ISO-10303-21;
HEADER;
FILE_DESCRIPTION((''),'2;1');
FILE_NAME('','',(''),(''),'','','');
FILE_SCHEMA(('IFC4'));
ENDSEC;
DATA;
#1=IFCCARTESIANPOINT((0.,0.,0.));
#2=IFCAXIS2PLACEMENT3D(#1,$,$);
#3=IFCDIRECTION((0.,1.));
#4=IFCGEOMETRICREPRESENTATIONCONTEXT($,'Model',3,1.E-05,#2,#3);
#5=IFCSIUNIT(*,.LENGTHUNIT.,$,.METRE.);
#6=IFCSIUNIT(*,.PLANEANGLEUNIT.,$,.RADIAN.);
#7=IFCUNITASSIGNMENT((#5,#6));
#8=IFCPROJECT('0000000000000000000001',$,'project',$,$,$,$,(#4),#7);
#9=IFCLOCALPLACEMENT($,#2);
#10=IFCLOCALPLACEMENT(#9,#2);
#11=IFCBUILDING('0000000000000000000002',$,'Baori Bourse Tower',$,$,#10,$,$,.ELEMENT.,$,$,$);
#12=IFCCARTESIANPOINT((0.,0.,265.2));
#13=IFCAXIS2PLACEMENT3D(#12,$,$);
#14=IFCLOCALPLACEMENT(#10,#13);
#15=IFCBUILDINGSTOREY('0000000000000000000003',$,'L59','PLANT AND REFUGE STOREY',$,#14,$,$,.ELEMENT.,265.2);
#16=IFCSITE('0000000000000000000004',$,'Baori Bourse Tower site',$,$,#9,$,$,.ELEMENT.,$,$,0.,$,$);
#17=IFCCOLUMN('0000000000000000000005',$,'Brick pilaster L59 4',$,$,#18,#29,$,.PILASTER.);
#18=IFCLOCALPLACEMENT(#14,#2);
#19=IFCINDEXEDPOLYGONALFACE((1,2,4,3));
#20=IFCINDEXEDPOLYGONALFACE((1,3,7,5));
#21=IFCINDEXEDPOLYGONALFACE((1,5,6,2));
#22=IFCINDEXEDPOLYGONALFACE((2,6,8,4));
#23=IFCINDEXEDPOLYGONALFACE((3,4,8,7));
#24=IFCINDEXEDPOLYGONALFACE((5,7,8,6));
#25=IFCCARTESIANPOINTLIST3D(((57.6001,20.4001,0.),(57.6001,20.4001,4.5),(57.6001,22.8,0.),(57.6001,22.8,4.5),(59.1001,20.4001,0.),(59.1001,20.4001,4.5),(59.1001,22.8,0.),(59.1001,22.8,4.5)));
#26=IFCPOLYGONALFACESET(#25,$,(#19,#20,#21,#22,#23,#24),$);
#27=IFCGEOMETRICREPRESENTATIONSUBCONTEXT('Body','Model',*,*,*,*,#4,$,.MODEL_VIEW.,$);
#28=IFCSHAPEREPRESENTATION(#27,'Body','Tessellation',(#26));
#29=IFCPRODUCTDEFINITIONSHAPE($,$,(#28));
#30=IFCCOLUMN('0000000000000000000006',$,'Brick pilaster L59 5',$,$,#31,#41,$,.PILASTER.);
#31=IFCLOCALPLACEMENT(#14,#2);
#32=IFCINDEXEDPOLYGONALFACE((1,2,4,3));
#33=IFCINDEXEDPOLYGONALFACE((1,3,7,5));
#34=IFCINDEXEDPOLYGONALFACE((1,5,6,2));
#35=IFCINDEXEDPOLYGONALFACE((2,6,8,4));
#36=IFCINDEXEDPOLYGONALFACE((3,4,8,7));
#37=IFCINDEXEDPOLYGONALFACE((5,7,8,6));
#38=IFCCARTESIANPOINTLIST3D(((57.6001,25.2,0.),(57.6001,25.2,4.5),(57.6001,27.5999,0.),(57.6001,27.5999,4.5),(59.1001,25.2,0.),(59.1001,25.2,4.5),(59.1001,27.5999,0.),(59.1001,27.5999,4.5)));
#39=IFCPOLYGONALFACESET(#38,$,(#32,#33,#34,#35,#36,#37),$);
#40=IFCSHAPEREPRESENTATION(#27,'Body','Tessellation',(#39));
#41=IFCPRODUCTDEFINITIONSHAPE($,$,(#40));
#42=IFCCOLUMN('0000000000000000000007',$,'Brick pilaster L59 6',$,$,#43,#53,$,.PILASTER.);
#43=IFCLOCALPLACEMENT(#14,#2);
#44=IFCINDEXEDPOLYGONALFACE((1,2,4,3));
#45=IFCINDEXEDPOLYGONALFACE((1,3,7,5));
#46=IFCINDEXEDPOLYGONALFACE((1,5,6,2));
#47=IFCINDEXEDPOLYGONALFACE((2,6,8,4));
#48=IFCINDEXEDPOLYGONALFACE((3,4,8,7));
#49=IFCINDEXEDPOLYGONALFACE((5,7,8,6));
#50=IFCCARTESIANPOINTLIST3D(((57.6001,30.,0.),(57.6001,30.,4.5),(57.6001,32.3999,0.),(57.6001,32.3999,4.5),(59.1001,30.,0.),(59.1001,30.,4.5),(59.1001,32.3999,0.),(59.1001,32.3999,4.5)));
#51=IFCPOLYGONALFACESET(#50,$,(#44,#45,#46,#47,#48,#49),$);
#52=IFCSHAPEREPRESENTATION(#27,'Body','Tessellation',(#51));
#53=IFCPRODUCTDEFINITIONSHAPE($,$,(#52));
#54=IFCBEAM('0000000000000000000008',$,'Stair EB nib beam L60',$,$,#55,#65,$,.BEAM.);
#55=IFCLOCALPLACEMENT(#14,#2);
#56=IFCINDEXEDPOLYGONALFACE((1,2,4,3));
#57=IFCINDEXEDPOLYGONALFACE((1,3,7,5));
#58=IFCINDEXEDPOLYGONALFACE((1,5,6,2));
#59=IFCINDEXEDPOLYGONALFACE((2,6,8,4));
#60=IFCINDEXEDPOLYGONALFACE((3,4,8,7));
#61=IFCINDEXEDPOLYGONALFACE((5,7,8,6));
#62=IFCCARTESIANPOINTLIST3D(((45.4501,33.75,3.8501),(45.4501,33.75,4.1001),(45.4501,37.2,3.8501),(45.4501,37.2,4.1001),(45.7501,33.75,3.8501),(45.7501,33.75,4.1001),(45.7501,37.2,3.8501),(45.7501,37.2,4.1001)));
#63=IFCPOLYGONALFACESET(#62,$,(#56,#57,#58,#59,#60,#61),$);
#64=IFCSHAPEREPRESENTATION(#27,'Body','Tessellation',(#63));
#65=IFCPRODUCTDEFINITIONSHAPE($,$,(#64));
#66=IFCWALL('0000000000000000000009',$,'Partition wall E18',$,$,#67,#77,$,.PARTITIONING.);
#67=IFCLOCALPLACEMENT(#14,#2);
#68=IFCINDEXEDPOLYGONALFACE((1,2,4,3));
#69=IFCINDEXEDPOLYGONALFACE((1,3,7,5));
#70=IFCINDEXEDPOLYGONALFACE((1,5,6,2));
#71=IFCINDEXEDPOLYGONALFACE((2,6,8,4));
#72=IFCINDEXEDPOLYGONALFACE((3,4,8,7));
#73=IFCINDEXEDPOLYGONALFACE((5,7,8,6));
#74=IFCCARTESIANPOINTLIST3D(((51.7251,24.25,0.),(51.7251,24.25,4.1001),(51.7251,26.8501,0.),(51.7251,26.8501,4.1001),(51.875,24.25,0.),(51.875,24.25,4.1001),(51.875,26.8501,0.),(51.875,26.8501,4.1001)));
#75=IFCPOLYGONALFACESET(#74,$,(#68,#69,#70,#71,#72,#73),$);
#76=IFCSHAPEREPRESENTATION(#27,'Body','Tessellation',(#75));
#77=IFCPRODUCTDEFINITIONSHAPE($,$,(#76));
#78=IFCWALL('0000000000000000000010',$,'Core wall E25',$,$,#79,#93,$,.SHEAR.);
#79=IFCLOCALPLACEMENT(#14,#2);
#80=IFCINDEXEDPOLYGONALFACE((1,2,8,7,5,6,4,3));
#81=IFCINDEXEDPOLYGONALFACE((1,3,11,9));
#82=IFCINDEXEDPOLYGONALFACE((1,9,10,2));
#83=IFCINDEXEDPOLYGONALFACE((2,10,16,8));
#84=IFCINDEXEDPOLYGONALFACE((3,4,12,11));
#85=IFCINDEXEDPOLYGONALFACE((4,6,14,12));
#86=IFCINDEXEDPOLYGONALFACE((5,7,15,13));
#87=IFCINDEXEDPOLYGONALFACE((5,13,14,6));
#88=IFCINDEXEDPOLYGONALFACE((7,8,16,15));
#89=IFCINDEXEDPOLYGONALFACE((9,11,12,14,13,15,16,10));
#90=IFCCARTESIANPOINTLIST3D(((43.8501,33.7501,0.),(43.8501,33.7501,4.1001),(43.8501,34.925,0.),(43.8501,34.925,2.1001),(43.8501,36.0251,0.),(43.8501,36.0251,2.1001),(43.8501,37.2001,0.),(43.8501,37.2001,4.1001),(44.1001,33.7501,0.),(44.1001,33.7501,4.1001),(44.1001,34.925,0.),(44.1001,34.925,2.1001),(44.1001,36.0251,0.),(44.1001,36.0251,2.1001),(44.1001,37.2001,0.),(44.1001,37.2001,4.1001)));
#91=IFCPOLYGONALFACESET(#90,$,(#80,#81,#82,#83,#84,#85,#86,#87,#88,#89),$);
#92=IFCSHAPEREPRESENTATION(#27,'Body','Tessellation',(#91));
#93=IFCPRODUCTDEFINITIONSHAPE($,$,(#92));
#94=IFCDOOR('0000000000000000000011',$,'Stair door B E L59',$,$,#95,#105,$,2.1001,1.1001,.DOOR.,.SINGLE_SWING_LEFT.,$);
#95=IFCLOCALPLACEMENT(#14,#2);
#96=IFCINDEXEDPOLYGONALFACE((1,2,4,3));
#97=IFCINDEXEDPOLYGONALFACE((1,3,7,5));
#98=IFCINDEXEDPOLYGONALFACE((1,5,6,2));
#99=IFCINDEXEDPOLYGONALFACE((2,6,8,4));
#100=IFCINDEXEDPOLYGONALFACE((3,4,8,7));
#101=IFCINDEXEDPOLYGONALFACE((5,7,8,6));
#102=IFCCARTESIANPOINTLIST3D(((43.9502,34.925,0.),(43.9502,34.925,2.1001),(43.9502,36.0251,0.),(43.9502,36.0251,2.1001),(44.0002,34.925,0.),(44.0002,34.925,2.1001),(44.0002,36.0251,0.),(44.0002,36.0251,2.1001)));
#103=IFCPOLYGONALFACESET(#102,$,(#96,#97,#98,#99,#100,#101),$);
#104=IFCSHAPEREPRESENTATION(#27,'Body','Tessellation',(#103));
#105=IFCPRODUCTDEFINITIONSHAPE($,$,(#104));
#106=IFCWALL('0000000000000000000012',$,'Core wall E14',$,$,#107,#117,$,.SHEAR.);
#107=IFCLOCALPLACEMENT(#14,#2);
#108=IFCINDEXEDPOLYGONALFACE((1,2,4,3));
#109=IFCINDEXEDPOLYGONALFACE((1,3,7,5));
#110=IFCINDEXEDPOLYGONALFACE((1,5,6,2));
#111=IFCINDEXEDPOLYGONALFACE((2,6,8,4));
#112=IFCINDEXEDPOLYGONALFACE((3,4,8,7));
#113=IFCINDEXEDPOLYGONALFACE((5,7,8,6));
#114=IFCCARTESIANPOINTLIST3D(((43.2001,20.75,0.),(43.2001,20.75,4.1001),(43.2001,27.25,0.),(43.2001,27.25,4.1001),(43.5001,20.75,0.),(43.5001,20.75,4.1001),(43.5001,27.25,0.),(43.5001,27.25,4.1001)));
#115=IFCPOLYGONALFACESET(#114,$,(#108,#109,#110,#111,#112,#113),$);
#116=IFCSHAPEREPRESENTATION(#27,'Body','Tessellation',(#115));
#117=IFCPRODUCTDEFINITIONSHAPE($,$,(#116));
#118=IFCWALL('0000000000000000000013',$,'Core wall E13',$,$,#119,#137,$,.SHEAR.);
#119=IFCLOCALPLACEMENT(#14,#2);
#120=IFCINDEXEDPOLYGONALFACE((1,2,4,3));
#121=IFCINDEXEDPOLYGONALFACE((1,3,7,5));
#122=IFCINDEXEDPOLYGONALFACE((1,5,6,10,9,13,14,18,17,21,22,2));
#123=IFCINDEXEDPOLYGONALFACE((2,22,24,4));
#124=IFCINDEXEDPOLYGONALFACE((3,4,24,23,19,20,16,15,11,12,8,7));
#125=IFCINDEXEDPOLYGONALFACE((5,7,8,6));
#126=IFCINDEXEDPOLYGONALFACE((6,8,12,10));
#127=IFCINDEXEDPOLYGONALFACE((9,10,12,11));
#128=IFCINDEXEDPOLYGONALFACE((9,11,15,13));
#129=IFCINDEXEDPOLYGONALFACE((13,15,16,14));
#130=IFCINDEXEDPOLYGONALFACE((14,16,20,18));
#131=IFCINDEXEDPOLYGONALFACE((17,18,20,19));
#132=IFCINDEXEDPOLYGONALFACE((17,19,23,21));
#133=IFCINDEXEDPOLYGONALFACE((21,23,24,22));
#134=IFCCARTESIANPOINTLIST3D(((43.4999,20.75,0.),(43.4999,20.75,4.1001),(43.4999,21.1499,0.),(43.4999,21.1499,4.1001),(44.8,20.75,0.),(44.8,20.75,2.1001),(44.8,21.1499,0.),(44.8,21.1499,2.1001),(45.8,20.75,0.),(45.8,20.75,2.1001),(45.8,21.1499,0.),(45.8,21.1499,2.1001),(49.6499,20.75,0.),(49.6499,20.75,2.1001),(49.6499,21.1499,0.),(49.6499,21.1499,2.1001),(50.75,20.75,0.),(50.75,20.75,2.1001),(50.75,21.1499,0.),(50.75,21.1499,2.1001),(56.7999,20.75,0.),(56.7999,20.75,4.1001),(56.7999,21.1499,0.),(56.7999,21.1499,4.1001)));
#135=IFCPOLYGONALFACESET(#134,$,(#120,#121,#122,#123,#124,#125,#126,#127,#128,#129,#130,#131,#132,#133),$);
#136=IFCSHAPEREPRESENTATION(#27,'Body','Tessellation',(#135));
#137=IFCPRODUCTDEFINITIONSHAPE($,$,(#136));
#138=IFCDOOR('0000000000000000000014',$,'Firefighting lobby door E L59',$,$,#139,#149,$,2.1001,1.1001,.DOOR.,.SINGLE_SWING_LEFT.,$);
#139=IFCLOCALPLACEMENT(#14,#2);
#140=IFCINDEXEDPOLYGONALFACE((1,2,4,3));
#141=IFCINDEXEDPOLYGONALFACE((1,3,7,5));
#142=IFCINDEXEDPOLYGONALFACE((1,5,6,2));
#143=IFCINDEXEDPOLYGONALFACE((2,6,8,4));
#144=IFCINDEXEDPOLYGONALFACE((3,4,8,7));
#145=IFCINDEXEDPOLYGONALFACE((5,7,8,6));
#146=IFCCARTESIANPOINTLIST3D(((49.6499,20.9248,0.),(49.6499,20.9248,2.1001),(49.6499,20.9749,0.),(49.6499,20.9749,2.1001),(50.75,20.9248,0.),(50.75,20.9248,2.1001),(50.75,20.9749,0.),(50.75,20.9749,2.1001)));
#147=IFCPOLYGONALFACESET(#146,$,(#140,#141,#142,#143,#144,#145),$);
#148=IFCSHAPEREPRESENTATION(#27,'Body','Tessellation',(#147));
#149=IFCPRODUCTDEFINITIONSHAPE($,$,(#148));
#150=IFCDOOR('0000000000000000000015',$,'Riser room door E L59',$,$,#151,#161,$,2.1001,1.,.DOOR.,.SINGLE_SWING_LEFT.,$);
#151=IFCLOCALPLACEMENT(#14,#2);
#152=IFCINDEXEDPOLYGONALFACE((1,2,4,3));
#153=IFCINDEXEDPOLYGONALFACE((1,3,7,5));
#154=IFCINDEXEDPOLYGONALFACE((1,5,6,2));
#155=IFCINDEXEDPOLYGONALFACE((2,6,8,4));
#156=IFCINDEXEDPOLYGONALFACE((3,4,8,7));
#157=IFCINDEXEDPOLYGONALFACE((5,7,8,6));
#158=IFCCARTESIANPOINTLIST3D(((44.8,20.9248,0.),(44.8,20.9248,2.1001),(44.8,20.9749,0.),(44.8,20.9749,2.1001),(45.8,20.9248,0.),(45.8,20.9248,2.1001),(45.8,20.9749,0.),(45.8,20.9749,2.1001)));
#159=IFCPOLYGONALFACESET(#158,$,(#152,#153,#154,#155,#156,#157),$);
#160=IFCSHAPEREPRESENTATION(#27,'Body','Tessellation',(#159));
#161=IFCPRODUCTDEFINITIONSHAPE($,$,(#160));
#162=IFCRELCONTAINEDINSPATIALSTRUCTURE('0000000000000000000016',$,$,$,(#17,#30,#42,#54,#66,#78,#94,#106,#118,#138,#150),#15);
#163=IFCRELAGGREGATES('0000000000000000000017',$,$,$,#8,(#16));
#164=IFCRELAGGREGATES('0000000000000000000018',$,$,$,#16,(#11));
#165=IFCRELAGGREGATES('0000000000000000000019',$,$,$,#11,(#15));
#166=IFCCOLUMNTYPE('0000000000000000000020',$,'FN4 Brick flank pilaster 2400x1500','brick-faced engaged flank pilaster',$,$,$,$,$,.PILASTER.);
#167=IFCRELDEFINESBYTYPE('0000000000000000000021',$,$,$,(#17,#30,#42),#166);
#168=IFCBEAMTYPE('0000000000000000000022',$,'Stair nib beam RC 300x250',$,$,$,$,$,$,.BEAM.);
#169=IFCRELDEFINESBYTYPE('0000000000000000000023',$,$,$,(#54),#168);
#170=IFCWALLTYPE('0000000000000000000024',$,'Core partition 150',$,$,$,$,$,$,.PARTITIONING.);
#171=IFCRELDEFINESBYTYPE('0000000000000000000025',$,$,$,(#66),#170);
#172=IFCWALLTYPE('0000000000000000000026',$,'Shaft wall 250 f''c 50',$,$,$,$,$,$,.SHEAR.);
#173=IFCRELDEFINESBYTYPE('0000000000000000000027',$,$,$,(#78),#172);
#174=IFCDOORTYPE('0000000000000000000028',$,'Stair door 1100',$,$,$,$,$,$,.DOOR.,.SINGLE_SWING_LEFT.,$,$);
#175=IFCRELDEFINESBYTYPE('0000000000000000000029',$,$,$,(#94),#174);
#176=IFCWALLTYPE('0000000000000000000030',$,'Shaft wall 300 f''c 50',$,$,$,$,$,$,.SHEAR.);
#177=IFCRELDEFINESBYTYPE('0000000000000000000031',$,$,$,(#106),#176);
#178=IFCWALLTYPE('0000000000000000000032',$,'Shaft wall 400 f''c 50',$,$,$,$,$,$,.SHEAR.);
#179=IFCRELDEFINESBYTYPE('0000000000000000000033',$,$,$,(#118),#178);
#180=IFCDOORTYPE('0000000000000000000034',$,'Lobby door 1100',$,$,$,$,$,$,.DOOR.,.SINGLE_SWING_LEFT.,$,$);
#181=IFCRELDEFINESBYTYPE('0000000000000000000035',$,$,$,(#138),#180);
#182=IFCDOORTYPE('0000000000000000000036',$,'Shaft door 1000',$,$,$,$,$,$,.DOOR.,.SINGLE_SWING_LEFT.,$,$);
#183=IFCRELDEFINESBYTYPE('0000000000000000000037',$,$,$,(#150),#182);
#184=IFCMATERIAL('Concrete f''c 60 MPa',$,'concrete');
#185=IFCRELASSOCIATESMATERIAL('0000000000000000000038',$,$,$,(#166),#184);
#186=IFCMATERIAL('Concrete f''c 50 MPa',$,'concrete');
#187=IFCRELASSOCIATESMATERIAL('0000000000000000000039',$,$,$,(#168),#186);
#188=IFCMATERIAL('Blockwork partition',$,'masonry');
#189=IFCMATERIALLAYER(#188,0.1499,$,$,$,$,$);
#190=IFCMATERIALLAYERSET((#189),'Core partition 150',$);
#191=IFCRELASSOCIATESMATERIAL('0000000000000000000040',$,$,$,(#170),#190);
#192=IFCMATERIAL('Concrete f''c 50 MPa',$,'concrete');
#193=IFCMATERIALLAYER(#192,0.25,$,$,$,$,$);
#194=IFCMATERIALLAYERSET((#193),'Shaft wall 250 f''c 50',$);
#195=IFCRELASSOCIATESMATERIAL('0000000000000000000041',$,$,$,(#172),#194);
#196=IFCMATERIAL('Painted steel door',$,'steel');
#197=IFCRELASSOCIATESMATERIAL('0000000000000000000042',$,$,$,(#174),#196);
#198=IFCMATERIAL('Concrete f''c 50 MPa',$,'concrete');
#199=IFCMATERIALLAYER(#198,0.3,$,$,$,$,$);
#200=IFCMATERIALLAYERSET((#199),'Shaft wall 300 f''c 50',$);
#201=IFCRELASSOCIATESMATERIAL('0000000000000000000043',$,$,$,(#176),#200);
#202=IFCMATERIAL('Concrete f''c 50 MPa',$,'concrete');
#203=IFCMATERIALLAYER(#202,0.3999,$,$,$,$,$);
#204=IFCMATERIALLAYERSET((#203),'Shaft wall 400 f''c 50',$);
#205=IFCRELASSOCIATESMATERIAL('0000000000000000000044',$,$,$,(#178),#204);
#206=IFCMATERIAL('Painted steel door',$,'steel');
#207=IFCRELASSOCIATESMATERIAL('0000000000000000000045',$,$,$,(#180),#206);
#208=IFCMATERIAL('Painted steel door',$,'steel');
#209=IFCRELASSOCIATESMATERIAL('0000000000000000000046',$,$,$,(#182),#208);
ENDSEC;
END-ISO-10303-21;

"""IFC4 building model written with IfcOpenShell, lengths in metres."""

from ifc_helpers import new_model, si_unit, direction, frame, frame_2d, origin, origin_2d, place, context, subcontext, project, spatial, rectangle, extrude, material, layer, layer_set, material_profile, profile_set, type_object, element, fill, save


model = new_model("IFC4")

# Units and contexts
model_context = context("Model", 3, precision=1e-05, world=origin(), true_north=direction((0.0, 1.0)))
body_context = subcontext(model_context, "Body", "Model", "MODEL_VIEW")
ifc_project = project(units=[si_unit("LENGTHUNIT", "METRE"), si_unit("PLANEANGLEUNIT", "RADIAN")], contexts=[model_context])

# Site, building, storey
site_placement = place(None, origin())
site = spatial("IfcSite", under=ifc_project, at=site_placement, Name="Baori Bourse Tower site", CompositionType="ELEMENT", RefElevation=0.0)
building_placement = place(site_placement, origin())
building = spatial("IfcBuilding", under=site, at=building_placement, Name="Baori Bourse Tower", CompositionType="ELEMENT")
storey_placement = place(building_placement, frame((0.0, 0.0, 265.2)))
storey = spatial("IfcBuildingStorey", under=building, at=storey_placement, Name="L59", Description="PLANT AND REFUGE STOREY", CompositionType="ELEMENT", Elevation=265.2)

# Columns
ifc_material_1 = material(Name="Concrete f'c 60 MPa", Category="concrete")
ifc_material_profile_1 = material_profile(ifc_material_1, rectangle(XDim=2.3999, YDim=1.5, at=origin_2d()), Name="RC 2400x1500")
ifc_profile_set_1 = profile_set([ifc_material_profile_1], Name="Concrete f'c 60 MPa")
column_type = type_object("IfcColumnType", Name="FN4 Brick flank pilaster 2400x1500", Description="brick-faced engaged flank pilaster", PredefinedType="PILASTER", material=ifc_profile_set_1)
for number, where, z_axis, x_axis, name in (
    (1, (58.3501, 21.6001, 0.0), (0.0, 0.0, 1.0), (0.0, 1.0, 0.0), "Brick pilaster L59 4"),
    (2, (58.3501, 26.3999, 0.0), (0.0, 0.0, 1.0), (0.0, 1.0, 0.0), "Brick pilaster L59 5"),
    (3, (58.3501, 31.2, 0.0), (0.0, 0.0, 1.0), (0.0, 1.0, 0.0), "Brick pilaster L59 6"),
):
    element("IfcColumn", number, at=place(storey_placement, frame(where, z_axis=z_axis, x_axis=x_axis)), inside=storey, type_object=column_type, Name=name, PredefinedType="PILASTER", context=body_context, shape_type="SweptSolid", body=[
        extrude(rectangle(XDim=2.3999, YDim=1.5, at=origin_2d()), origin(), (0.0, 0.0, 1.0), 4.5),
    ])

# Beam
ifc_material_2 = material(Name="Concrete f'c 50 MPa", Category="concrete")
ifc_material_profile_2 = material_profile(ifc_material_2, rectangle(XDim=0.3, YDim=0.25, at=origin_2d()), Name="RC 300x250")
ifc_profile_set_2 = profile_set([ifc_material_profile_2], Name="Concrete f'c 50 MPa")
beam_type = type_object("IfcBeamType", Name="Stair nib beam RC 300x250", PredefinedType="BEAM", material=ifc_profile_set_2)
beam_placement = place(storey_placement, frame((45.6001, 33.75, 3.9751), z_axis=(0.0, 1.0, 0.0), x_axis=(-1.0, 0.0, 0.0)))
element("IfcBeam", 4, at=beam_placement, inside=storey, type_object=beam_type, Name="Stair EB nib beam L60", PredefinedType="BEAM", context=body_context, shape_type="SweptSolid", body=[
    extrude(rectangle(XDim=0.3, YDim=0.25, at=origin_2d()), origin(), (0.0, 0.0, 1.0), 3.45),
])

# Wall
ifc_material_3 = material(Name="Blockwork partition", Category="masonry")
ifc_layer_1 = layer(ifc_material_3, 0.1499)
ifc_layer_set_1 = layer_set([ifc_layer_1], Name="Core partition 150")
wall_type_1 = type_object("IfcWallType", Name="Core partition 150", PredefinedType="PARTITIONING", material=ifc_layer_set_1)
wall_1_placement = place(storey_placement, frame((51.8, 24.25, 0.0), z_axis=(0.0, 0.0, 1.0), x_axis=(0.0, 1.0, 0.0)))
element("IfcWall", 5, at=wall_1_placement, inside=storey, type_object=wall_type_1, Name="Partition wall E18", PredefinedType="PARTITIONING", context=body_context, shape_type="SweptSolid", body=[
    extrude(rectangle(XDim=2.6001, YDim=0.1499, at=frame_2d((1.3, 0.0))), origin(), (0.0, 0.0, 1.0), 4.1001),
])

# Wall, opening, door
ifc_material_4 = material(Name="Concrete f'c 50 MPa", Category="concrete")
ifc_layer_2 = layer(ifc_material_4, 0.25)
ifc_layer_set_2 = layer_set([ifc_layer_2], Name="Shaft wall 250 f'c 50")
wall_type_2 = type_object("IfcWallType", Name="Shaft wall 250 f'c 50", PredefinedType="SHEAR", material=ifc_layer_set_2)
wall_2_placement = place(storey_placement, frame((43.9751, 33.75, 0.0), z_axis=(0.0, 0.0, 1.0), x_axis=(0.0, 1.0, 0.0)))
wall_2 = element("IfcWall", 6, at=wall_2_placement, inside=storey, type_object=wall_type_2, Name="Core wall E25", PredefinedType="SHEAR", context=body_context, shape_type="SweptSolid", body=[
    extrude(rectangle(XDim=3.45, YDim=0.25, at=frame_2d((1.7251, 0.0))), origin(), (0.0, 0.0, 1.0), 4.1001),
])
opening_1_placement = place(wall_2_placement, frame((1.175, 0.0, 0.0)))
opening_1 = element("IfcOpeningElement", 7, at=opening_1_placement, cuts=wall_2, PredefinedType="OPENING", context=body_context, shape_type="SweptSolid", body=[
    extrude(rectangle(XDim=1.1001, YDim=2.1001, at=frame_2d((0.55, 1.05))), frame((0.0, 0.135, 0.0), z_axis=(0.0, -1.0, 0.0), x_axis=(1.0, 0.0, 0.0)), (0.0, 0.0, 1.0), 0.27),
])
ifc_material_5 = material(Name="Painted steel door", Category="steel")
door_type_1 = type_object("IfcDoorType", Name="Stair door 1100", OperationType="SINGLE_SWING_LEFT", PredefinedType="DOOR", material=ifc_material_5)
door_1_placement = place(opening_1_placement, origin())
door_1 = element("IfcDoor", 8, at=door_1_placement, inside=storey, type_object=door_type_1, Name="Stair door B E L59", OperationType="SINGLE_SWING_LEFT", OverallHeight=2.1001, OverallWidth=1.1001, PredefinedType="DOOR", context=body_context, shape_type="SweptSolid", body=[
    extrude(rectangle(XDim=1.1001, YDim=2.1001, at=frame_2d((0.55, 1.05))), frame((0.0, 0.0249, 0.0), z_axis=(0.0, -1.0, 0.0), x_axis=(1.0, 0.0, 0.0)), (0.0, 0.0, 1.0), 0.05),
])
fill(opening_1, door_1)

# Wall
ifc_material_6 = material(Name="Concrete f'c 50 MPa", Category="concrete")
ifc_layer_3 = layer(ifc_material_6, 0.3)
ifc_layer_set_3 = layer_set([ifc_layer_3], Name="Shaft wall 300 f'c 50")
wall_type_3 = type_object("IfcWallType", Name="Shaft wall 300 f'c 50", PredefinedType="SHEAR", material=ifc_layer_set_3)
wall_3_placement = place(storey_placement, frame((43.3501, 20.75, 0.0), z_axis=(0.0, 0.0, 1.0), x_axis=(0.0, 1.0, 0.0)))
element("IfcWall", 9, at=wall_3_placement, inside=storey, type_object=wall_type_3, Name="Core wall E14", PredefinedType="SHEAR", context=body_context, shape_type="SweptSolid", body=[
    extrude(rectangle(XDim=6.5, YDim=0.3, at=frame_2d((3.25, 0.0))), origin(), (0.0, 0.0, 1.0), 4.1001),
])

# Wall, openings, doors
ifc_material_7 = material(Name="Concrete f'c 50 MPa", Category="concrete")
ifc_layer_4 = layer(ifc_material_7, 0.3999)
ifc_layer_set_4 = layer_set([ifc_layer_4], Name="Shaft wall 400 f'c 50")
wall_type_4 = type_object("IfcWallType", Name="Shaft wall 400 f'c 50", PredefinedType="SHEAR", material=ifc_layer_set_4)
wall_4_placement = place(storey_placement, frame((43.5, 20.95, 0.0), z_axis=(0.0, 0.0, 1.0), x_axis=(1.0, 0.0, 0.0)))
wall_4 = element("IfcWall", 10, at=wall_4_placement, inside=storey, type_object=wall_type_4, Name="Core wall E13", PredefinedType="SHEAR", context=body_context, shape_type="SweptSolid", body=[
    extrude(rectangle(XDim=13.3, YDim=0.3999, at=frame_2d((6.6499, 0.0))), origin(), (0.0, 0.0, 1.0), 4.1001),
])
opening_2_placement = place(wall_4_placement, frame((6.1499, 0.0, 0.0)))
opening_2 = element("IfcOpeningElement", 11, at=opening_2_placement, cuts=wall_4, PredefinedType="OPENING", context=body_context, shape_type="SweptSolid", body=[
    extrude(rectangle(XDim=1.1001, YDim=2.1001, at=frame_2d((0.55, 1.05))), frame((0.0, 0.21, 0.0), z_axis=(0.0, -1.0, 0.0), x_axis=(1.0, 0.0, 0.0)), (0.0, 0.0, 1.0), 0.4199),
])
opening_3_placement = place(wall_4_placement, frame((1.3, 0.0, 0.0)))
opening_3 = element("IfcOpeningElement", 12, at=opening_3_placement, cuts=wall_4, PredefinedType="OPENING", context=body_context, shape_type="SweptSolid", body=[
    extrude(rectangle(XDim=1.0, YDim=2.1001, at=frame_2d((0.5, 1.05))), frame((0.0, 0.21, 0.0), z_axis=(0.0, -1.0, 0.0), x_axis=(1.0, 0.0, 0.0)), (0.0, 0.0, 1.0), 0.4199),
])
ifc_material_8 = material(Name="Painted steel door", Category="steel")
door_type_2 = type_object("IfcDoorType", Name="Lobby door 1100", OperationType="SINGLE_SWING_LEFT", PredefinedType="DOOR", material=ifc_material_8)
door_2_placement = place(opening_2_placement, origin())
door_2 = element("IfcDoor", 13, at=door_2_placement, inside=storey, type_object=door_type_2, Name="Firefighting lobby door E L59", OperationType="SINGLE_SWING_LEFT", OverallHeight=2.1001, OverallWidth=1.1001, PredefinedType="DOOR", context=body_context, shape_type="SweptSolid", body=[
    extrude(rectangle(XDim=1.1001, YDim=2.1001, at=frame_2d((0.55, 1.05))), frame((0.0, 0.0249, 0.0), z_axis=(0.0, -1.0, 0.0), x_axis=(1.0, 0.0, 0.0)), (0.0, 0.0, 1.0), 0.05),
])
fill(opening_2, door_2)
ifc_material_9 = material(Name="Painted steel door", Category="steel")
door_type_3 = type_object("IfcDoorType", Name="Shaft door 1000", OperationType="SINGLE_SWING_LEFT", PredefinedType="DOOR", material=ifc_material_9)
door_3_placement = place(opening_3_placement, origin())
door_3 = element("IfcDoor", 14, at=door_3_placement, inside=storey, type_object=door_type_3, Name="Riser room door E L59", OperationType="SINGLE_SWING_LEFT", OverallHeight=2.1001, OverallWidth=1.0, PredefinedType="DOOR", context=body_context, shape_type="SweptSolid", body=[
    extrude(rectangle(XDim=1.0, YDim=2.1001, at=frame_2d((0.5, 1.05))), frame((0.0, 0.0249, 0.0), z_axis=(0.0, -1.0, 0.0), x_axis=(1.0, 0.0, 0.0)), (0.0, 0.0, 1.0), 0.05),
])
fill(opening_3, door_3)

save(model, "model.ifc")
